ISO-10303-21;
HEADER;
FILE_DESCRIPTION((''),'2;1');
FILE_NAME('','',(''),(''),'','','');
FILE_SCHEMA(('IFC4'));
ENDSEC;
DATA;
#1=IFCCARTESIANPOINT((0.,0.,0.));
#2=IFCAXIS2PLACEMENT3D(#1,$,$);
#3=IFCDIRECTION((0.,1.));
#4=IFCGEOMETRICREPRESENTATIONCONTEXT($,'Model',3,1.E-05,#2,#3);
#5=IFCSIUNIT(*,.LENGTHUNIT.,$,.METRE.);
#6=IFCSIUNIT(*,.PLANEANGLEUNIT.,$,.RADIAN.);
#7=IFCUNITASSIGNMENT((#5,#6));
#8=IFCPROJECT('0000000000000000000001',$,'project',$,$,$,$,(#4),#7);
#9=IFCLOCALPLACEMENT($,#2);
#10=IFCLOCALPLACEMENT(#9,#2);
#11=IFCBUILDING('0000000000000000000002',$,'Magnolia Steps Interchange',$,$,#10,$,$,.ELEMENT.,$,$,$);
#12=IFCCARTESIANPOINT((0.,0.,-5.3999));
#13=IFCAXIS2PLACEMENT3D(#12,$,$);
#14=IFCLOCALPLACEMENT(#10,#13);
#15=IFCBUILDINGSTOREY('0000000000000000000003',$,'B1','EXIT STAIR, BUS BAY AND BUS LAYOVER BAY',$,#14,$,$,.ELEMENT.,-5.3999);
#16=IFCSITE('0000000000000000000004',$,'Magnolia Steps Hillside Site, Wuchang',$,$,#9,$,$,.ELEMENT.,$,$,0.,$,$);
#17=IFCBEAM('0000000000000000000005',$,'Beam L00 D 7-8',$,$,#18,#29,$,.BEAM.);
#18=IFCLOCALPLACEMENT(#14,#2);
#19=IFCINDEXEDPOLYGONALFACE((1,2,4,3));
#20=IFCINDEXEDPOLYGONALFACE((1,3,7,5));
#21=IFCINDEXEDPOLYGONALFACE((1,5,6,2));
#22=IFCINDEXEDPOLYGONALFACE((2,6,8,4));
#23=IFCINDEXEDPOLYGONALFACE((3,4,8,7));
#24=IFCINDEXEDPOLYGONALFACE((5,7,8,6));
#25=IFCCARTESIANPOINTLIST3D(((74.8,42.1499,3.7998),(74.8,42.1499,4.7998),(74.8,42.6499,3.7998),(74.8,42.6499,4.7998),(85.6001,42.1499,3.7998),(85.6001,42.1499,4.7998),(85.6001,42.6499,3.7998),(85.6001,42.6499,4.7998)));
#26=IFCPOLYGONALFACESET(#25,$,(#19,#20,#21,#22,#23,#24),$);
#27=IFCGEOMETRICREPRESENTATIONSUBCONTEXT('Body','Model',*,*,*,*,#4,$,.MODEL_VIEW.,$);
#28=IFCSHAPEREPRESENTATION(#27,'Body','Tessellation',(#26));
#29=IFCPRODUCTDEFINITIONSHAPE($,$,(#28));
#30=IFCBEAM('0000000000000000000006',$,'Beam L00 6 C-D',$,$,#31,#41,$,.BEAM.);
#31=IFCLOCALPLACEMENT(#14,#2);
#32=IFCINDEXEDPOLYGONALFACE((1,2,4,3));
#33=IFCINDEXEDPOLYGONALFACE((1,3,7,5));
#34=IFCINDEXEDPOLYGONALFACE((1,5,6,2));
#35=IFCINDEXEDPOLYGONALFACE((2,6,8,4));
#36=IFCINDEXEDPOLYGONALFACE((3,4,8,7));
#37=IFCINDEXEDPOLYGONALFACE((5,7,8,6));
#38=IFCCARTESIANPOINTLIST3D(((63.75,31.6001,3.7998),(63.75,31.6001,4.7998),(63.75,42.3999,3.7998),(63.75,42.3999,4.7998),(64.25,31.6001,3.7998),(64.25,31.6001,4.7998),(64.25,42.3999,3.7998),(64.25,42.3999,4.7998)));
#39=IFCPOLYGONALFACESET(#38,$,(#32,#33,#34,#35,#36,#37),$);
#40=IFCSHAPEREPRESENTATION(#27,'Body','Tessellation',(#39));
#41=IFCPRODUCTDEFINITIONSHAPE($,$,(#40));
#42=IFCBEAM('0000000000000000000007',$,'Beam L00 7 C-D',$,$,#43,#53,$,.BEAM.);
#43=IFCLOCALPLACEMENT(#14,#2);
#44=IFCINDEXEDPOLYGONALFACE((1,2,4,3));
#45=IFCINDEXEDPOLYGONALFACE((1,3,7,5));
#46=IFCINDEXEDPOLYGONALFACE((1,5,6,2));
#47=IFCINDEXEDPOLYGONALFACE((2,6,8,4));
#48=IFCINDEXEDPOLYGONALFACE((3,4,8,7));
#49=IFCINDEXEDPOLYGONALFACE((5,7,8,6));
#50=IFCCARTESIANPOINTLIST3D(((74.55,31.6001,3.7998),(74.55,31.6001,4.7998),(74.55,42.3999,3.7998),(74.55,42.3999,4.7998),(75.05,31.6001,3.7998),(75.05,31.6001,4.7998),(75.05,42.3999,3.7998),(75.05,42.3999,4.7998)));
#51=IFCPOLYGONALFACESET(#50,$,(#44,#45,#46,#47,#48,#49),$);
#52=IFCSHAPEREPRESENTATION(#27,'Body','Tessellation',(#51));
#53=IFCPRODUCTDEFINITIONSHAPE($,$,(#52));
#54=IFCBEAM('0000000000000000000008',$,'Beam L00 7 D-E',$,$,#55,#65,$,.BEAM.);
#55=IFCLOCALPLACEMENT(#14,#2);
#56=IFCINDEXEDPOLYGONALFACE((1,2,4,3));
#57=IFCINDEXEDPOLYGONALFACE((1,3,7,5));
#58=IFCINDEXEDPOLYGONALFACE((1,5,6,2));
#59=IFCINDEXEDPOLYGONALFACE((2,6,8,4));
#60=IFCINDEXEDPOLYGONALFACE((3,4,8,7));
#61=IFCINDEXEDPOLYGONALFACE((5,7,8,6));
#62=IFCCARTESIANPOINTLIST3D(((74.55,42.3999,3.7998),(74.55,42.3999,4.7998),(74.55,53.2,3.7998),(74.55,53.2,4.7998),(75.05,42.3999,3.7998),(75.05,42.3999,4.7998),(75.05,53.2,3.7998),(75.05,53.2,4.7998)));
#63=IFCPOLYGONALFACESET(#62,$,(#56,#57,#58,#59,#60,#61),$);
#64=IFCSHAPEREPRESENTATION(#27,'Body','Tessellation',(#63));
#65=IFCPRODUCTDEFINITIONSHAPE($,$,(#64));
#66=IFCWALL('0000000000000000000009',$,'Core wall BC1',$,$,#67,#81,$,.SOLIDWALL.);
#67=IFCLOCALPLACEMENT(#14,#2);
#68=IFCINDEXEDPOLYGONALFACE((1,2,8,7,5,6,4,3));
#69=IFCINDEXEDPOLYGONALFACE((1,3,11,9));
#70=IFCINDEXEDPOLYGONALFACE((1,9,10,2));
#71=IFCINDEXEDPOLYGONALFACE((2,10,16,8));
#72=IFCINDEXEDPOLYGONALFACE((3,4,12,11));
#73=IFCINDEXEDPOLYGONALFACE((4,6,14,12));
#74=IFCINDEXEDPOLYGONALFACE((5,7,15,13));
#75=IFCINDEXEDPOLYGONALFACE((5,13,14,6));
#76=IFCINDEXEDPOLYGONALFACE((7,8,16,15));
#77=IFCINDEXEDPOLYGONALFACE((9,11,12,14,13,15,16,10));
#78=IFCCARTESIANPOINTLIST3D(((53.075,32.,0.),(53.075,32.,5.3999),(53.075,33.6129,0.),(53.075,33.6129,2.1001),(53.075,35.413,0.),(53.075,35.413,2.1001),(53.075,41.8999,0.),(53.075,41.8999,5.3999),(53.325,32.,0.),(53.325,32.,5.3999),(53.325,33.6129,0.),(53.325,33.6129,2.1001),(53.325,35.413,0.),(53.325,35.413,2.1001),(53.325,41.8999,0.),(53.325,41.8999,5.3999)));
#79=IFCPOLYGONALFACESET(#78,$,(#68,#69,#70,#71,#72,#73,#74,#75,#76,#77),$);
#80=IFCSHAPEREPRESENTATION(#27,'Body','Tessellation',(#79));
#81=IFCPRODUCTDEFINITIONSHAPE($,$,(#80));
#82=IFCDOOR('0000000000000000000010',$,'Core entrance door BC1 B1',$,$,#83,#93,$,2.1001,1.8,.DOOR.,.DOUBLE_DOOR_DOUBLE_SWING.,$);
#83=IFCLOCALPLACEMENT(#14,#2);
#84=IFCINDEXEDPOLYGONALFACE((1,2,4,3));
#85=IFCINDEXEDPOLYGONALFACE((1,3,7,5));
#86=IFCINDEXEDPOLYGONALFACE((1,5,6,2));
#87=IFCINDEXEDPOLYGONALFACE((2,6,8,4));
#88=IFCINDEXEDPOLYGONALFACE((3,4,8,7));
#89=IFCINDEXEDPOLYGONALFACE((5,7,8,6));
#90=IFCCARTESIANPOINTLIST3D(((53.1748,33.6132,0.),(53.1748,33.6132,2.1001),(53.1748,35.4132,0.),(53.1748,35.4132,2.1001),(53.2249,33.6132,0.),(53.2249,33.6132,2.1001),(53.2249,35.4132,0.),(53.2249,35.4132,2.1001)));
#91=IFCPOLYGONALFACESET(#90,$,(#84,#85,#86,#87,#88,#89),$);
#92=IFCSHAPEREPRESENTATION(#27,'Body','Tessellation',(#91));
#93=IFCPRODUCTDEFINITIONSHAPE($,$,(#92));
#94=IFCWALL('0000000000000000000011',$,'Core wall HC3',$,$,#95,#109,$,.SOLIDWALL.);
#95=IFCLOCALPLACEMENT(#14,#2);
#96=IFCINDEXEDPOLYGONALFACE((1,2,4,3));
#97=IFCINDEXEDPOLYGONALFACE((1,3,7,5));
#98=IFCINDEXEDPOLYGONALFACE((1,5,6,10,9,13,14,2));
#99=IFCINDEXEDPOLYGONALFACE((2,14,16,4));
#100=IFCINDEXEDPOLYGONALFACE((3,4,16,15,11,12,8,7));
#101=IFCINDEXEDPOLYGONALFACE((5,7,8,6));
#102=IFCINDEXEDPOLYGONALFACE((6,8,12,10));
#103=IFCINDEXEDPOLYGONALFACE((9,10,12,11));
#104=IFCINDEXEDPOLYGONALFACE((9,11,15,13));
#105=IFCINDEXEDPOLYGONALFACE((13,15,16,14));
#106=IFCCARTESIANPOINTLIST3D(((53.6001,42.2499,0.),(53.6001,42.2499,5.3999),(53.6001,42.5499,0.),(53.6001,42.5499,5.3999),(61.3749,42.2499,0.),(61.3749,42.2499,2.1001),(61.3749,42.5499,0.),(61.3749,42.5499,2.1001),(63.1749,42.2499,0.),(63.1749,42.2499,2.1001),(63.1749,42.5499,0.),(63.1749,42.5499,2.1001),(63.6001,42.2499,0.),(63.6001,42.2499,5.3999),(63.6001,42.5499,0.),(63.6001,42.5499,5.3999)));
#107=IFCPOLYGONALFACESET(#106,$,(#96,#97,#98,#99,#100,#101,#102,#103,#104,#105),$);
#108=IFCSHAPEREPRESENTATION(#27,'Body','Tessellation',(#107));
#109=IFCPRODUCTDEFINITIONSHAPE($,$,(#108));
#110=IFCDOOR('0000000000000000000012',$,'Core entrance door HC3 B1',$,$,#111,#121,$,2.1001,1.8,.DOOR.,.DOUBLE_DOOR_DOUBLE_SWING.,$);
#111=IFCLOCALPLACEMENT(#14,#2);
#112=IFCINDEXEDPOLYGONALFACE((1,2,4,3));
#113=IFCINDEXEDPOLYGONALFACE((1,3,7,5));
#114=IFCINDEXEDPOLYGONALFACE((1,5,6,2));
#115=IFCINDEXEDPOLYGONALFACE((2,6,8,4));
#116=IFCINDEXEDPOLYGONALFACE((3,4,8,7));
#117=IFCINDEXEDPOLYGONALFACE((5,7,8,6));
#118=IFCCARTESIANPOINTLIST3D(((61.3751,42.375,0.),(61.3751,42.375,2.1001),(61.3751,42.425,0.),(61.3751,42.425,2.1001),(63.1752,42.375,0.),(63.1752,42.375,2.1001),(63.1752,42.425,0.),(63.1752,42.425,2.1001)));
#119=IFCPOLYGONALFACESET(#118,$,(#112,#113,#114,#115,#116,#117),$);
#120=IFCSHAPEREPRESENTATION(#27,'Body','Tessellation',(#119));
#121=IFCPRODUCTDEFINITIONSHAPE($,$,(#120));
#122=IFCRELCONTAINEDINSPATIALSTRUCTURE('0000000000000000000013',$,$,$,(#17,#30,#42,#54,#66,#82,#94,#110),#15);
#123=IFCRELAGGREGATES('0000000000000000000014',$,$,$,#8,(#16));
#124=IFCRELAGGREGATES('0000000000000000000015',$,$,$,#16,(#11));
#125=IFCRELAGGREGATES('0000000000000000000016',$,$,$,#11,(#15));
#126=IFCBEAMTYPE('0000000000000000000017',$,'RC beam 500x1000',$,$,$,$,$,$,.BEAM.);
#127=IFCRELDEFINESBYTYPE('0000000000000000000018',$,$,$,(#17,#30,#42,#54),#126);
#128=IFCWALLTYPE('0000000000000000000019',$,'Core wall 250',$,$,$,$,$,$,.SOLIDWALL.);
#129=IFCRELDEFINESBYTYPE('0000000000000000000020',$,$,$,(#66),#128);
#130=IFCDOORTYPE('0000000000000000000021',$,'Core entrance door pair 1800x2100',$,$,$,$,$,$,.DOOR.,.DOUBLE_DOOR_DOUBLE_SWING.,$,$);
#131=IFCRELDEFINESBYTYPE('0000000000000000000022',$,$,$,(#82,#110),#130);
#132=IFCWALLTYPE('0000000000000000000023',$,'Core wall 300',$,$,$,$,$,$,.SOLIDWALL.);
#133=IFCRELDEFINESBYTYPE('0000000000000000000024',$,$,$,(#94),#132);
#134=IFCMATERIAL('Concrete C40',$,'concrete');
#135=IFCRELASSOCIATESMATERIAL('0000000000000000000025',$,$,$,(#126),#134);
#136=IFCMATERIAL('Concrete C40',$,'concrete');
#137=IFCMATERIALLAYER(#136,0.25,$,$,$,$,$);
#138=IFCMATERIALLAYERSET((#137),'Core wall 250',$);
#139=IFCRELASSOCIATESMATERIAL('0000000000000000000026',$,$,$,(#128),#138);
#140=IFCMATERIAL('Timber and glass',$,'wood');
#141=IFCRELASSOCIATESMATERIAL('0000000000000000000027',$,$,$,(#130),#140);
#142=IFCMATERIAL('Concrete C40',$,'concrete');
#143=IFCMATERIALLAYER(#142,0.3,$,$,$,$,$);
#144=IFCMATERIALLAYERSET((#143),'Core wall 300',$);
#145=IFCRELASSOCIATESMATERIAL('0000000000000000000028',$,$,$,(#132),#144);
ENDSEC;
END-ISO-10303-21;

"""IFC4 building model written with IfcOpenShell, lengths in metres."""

from ifc_helpers import new_model, si_unit, direction, frame, frame_2d, origin, origin_2d, place, context, subcontext, project, spatial, rectangle, extrude, material, layer, layer_set, material_profile, profile_set, type_object, element, fill, save


model = new_model("IFC4")

# Units and contexts
model_context = context("Model", 3, precision=1e-05, world=origin(), true_north=direction((0.0, 1.0)))
body_context = subcontext(model_context, "Body", "Model", "MODEL_VIEW")
ifc_project = project(units=[si_unit("LENGTHUNIT", "METRE"), si_unit("PLANEANGLEUNIT", "RADIAN")], contexts=[model_context])

# Site, building, storey
site_placement = place(None, origin())
site = spatial("IfcSite", under=ifc_project, at=site_placement, Name="Magnolia Steps Hillside Site, Wuchang", CompositionType="ELEMENT", RefElevation=0.0)
building_placement = place(site_placement, origin())
building = spatial("IfcBuilding", under=site, at=building_placement, Name="Magnolia Steps Interchange", CompositionType="ELEMENT")
storey_placement = place(building_placement, frame((0.0, 0.0, -5.3999)))
storey = spatial("IfcBuildingStorey", under=building, at=storey_placement, Name="B1", Description="EXIT STAIR, BUS BAY AND BUS LAYOVER BAY", CompositionType="ELEMENT", Elevation=-5.3999)

# Beams
ifc_material_1 = material(Name="Concrete C40", Category="concrete")
ifc_material_profile_1 = material_profile(ifc_material_1, rectangle(XDim=0.5, YDim=1.0, at=origin_2d()), Name="RC500x1000")
ifc_profile_set_1 = profile_set([ifc_material_profile_1], Name="Concrete C40")
beam_type = type_object("IfcBeamType", Name="RC beam 500x1000", PredefinedType="BEAM", material=ifc_profile_set_1)
for number, where, z_axis, x_axis, name in (
    (1, (74.8, 42.3999, 4.2998), (1.0, 0.0, 0.0), (0.0, 1.0, 0.0), "Beam L00 D 7-8"),
):
    element("IfcBeam", number, at=place(storey_placement, frame(where, z_axis=z_axis, x_axis=x_axis)), inside=storey, type_object=beam_type, Name=name, PredefinedType="BEAM", context=body_context, shape_type="SweptSolid", body=[
        extrude(rectangle(XDim=0.5, YDim=1.0, at=origin_2d()), origin(), (0.0, 0.0, 1.0), 10.8),
    ])
for number, where, z_axis, x_axis, name in (
    (2, (64.0, 31.6001, 4.2998), (0.0, 1.0, 0.0), (-1.0, 0.0, 0.0), "Beam L00 6 C-D"),
    (3, (74.8, 31.6001, 4.2998), (0.0, 1.0, 0.0), (-1.0, 0.0, 0.0), "Beam L00 7 C-D"),
):
    element("IfcBeam", number, at=place(storey_placement, frame(where, z_axis=z_axis, x_axis=x_axis)), inside=storey, type_object=beam_type, Name=name, PredefinedType="BEAM", context=body_context, shape_type="SweptSolid", body=[
        extrude(rectangle(XDim=0.5, YDim=1.0, at=origin_2d()), origin(), (0.0, 0.0, 1.0), 10.7998),
    ])
beam_placement = place(storey_placement, frame((74.8, 42.3999, 4.2998), z_axis=(0.0, 1.0, 0.0), x_axis=(-1.0, 0.0, 0.0)))
element("IfcBeam", 4, at=beam_placement, inside=storey, type_object=beam_type, Name="Beam L00 7 D-E", PredefinedType="BEAM", context=body_context, shape_type="SweptSolid", body=[
    extrude(rectangle(XDim=0.5, YDim=1.0, at=origin_2d()), origin(), (0.0, 0.0, 1.0), 10.8),
])

# Walls, openings, doors
ifc_material_2 = material(Name="Concrete C40", Category="concrete")
ifc_layer_1 = layer(ifc_material_2, 0.25)
ifc_layer_set_1 = layer_set([ifc_layer_1], Name="Core wall 250")
wall_type_1 = type_object("IfcWallType", Name="Core wall 250", PredefinedType="SOLIDWALL", material=ifc_layer_set_1)
wall_1_placement = place(storey_placement, frame((53.2, 32.0, 0.0), z_axis=(0.0, 0.0, 1.0), x_axis=(0.0, 1.0, 0.0)))
wall_1 = element("IfcWall", 5, at=wall_1_placement, inside=storey, type_object=wall_type_1, Name="Core wall BC1", PredefinedType="SOLIDWALL", context=body_context, shape_type="SweptSolid", body=[
    extrude(rectangle(XDim=9.8999, YDim=0.25, at=frame_2d((4.95, 0.0))), origin(), (0.0, 0.0, 1.0), 5.3999),
])
opening_1_placement = place(wall_1_placement, frame((1.613, 0.0, 0.0)))
opening_1 = element("IfcOpeningElement", 6, at=opening_1_placement, cuts=wall_1, PredefinedType="OPENING", context=body_context, shape_type="SweptSolid", body=[
    extrude(rectangle(XDim=1.8, YDim=2.1001, at=frame_2d((0.8999, 1.05))), frame((0.0, 0.135, 0.0), z_axis=(0.0, -1.0, 0.0), x_axis=(1.0, 0.0, 0.0)), (0.0, 0.0, 1.0), 0.27),
])
ifc_material_3 = material(Name="Timber and glass", Category="wood")
door_type = type_object("IfcDoorType", Name="Core entrance door pair 1800x2100", OperationType="DOUBLE_DOOR_DOUBLE_SWING", PredefinedType="DOOR", material=ifc_material_3)
door_1_placement = place(opening_1_placement, frame((1.8, 0.0, 0.0), z_axis=(0.0, 0.0, 1.0), x_axis=(-1.0, 0.0, 0.0)))
door_1 = element("IfcDoor", 7, at=door_1_placement, inside=storey, type_object=door_type, Name="Core entrance door BC1 B1", OperationType="DOUBLE_DOOR_DOUBLE_SWING", OverallHeight=2.1001, OverallWidth=1.8, PredefinedType="DOOR", context=body_context, shape_type="SweptSolid", body=[
    extrude(rectangle(XDim=1.8, YDim=2.1001, at=frame_2d((0.8999, 1.05))), frame((0.0, 0.0249, 0.0), z_axis=(0.0, -1.0, 0.0), x_axis=(1.0, 0.0, 0.0)), (0.0, 0.0, 1.0), 0.05),
])
fill(opening_1, door_1)
ifc_material_4 = material(Name="Concrete C40", Category="concrete")
ifc_layer_2 = layer(ifc_material_4, 0.3)
ifc_layer_set_2 = layer_set([ifc_layer_2], Name="Core wall 300")
wall_type_2 = type_object("IfcWallType", Name="Core wall 300", PredefinedType="SOLIDWALL", material=ifc_layer_set_2)
wall_2_placement = place(storey_placement, frame((53.6001, 42.3999, 0.0), z_axis=(0.0, 0.0, 1.0), x_axis=(1.0, 0.0, 0.0)))
wall_2 = element("IfcWall", 8, at=wall_2_placement, inside=storey, type_object=wall_type_2, Name="Core wall HC3", PredefinedType="SOLIDWALL", context=body_context, shape_type="SweptSolid", body=[
    extrude(rectangle(XDim=10.0, YDim=0.3, at=frame_2d((5.0, 0.0))), origin(), (0.0, 0.0, 1.0), 5.3999),
])
opening_2_placement = place(wall_2_placement, frame((7.7749, 0.0, 0.0)))
opening_2 = element("IfcOpeningElement", 9, at=opening_2_placement, cuts=wall_2, PredefinedType="OPENING", context=body_context, shape_type="SweptSolid", body=[
    extrude(rectangle(XDim=1.8, YDim=2.1001, at=frame_2d((0.8999, 1.05))), frame((0.0, 0.1599, 0.0), z_axis=(0.0, -1.0, 0.0), x_axis=(1.0, 0.0, 0.0)), (0.0, 0.0, 1.0), 0.3201),
])
door_2_placement = place(opening_2_placement, frame((1.8, 0.0, 0.0), z_axis=(0.0, 0.0, 1.0), x_axis=(-1.0, 0.0, 0.0)))
door_2 = element("IfcDoor", 10, at=door_2_placement, inside=storey, type_object=door_type, Name="Core entrance door HC3 B1", OperationType="DOUBLE_DOOR_DOUBLE_SWING", OverallHeight=2.1001, OverallWidth=1.8, PredefinedType="DOOR", context=body_context, shape_type="SweptSolid", body=[
    extrude(rectangle(XDim=1.8, YDim=2.1001, at=frame_2d((0.8999, 1.05))), frame((0.0, 0.0249, 0.0), z_axis=(0.0, -1.0, 0.0), x_axis=(1.0, 0.0, 0.0)), (0.0, 0.0, 1.0), 0.05),
])
fill(opening_2, door_2)

save(model, "model.ifc")
